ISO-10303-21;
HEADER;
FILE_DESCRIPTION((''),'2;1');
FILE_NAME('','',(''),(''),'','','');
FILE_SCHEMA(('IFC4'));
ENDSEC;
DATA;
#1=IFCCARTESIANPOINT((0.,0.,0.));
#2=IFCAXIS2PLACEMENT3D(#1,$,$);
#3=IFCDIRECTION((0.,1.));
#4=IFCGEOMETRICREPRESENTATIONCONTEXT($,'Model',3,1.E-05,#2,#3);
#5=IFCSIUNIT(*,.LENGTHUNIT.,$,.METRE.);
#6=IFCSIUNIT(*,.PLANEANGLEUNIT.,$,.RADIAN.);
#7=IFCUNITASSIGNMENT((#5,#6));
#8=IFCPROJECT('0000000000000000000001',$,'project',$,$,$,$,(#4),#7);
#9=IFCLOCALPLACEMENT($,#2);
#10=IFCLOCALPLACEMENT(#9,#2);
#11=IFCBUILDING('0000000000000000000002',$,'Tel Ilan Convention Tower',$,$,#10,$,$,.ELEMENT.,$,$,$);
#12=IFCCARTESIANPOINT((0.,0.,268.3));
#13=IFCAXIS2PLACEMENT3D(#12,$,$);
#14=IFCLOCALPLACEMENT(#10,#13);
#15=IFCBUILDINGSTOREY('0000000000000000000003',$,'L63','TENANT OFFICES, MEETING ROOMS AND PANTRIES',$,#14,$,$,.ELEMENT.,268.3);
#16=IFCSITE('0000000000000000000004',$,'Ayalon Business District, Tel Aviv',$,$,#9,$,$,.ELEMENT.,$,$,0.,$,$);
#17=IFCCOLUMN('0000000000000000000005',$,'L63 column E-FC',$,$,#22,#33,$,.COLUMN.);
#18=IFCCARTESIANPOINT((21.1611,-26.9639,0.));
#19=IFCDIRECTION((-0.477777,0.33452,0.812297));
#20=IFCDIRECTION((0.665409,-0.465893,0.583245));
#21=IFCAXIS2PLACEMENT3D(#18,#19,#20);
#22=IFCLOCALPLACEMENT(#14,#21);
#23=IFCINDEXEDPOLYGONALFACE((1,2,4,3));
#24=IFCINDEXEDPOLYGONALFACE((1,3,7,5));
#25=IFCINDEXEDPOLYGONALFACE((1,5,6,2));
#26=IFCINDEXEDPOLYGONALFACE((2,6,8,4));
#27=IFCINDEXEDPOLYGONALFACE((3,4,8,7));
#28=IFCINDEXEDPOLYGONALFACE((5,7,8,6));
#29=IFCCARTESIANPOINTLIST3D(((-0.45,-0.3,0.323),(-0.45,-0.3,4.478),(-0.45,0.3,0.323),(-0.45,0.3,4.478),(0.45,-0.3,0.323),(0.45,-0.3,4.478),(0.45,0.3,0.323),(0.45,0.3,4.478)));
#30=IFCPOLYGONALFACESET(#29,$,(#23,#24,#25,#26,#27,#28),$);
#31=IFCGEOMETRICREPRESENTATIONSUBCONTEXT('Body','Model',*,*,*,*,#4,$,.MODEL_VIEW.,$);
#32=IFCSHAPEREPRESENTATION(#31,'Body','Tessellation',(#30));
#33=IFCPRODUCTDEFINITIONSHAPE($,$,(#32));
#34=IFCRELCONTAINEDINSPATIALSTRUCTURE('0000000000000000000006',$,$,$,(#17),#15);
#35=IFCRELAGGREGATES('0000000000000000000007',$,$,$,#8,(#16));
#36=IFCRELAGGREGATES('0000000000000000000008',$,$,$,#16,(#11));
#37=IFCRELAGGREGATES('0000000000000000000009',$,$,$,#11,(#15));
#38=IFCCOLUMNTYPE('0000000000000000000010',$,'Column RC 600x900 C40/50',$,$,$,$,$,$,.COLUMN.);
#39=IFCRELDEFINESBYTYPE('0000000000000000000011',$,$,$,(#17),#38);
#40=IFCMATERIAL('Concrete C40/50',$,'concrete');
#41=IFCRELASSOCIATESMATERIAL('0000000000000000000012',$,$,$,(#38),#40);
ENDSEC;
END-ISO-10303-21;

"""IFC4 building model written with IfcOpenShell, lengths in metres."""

from ifc_helpers import new_model, si_unit, direction, frame, origin, origin_2d, place, context, subcontext, project, spatial, rectangle, extrude, clip, halfspace, material, material_profile, profile_set, type_object, element, save


model = new_model("IFC4")

# Units and contexts
model_context = context("Model", 3, precision=1e-05, world=origin(), true_north=direction((0.0, 1.0)))
body_context = subcontext(model_context, "Body", "Model", "MODEL_VIEW")
ifc_project = project(units=[si_unit("LENGTHUNIT", "METRE"), si_unit("PLANEANGLEUNIT", "RADIAN")], contexts=[model_context])

# Site, building, storey
site_placement = place(None, origin())
site = spatial("IfcSite", under=ifc_project, at=site_placement, Name="Ayalon Business District, Tel Aviv", CompositionType="ELEMENT", RefElevation=0.0)
building_placement = place(site_placement, origin())
building = spatial("IfcBuilding", under=site, at=building_placement, Name="Tel Ilan Convention Tower", CompositionType="ELEMENT")
storey_placement = place(building_placement, frame((0.0, 0.0, 268.3)))
storey = spatial("IfcBuildingStorey", under=building, at=storey_placement, Name="L63", Description="TENANT OFFICES, MEETING ROOMS AND PANTRIES", CompositionType="ELEMENT", Elevation=268.3)

# Column
ifc_material_1 = material(Name="Concrete C40/50", Category="concrete")
ifc_material_profile_1 = material_profile(ifc_material_1, rectangle(XDim=0.8999, YDim=0.6001, at=origin_2d()), Name="RC 600x900")
ifc_profile_set_1 = profile_set([ifc_material_profile_1], Name="Concrete C40/50")
column_type = type_object("IfcColumnType", Name="Column RC 600x900 C40/50", PredefinedType="COLUMN", material=ifc_profile_set_1)
column_1_placement = place(storey_placement, frame((21.1611, -26.9639, 0.0), z_axis=(-0.477777, 0.33452, 0.812297), x_axis=(0.665409, -0.465893, 0.583245)))
element("IfcColumn", 1, at=column_1_placement, inside=storey, type_object=column_type, Name="L63 column E-FC", PredefinedType="COLUMN", context=body_context, shape_type="Clipping", body=[
    clip(clip(extrude(rectangle(XDim=0.8999, YDim=0.6001, at=origin_2d()), origin(), (0.0, 0.0, 1.0), 4.801), halfspace(frame((0.0, 0.0, 0.323), z_axis=(0.0, 0.0, 1.0), x_axis=(1.0, 0.0, 0.0)), True)), halfspace(frame((0.0, 0.0, 4.478), z_axis=(0.0, 0.0, 1.0), x_axis=(1.0, 0.0, 0.0)), False)),
])

save(model, "model.ifc")
